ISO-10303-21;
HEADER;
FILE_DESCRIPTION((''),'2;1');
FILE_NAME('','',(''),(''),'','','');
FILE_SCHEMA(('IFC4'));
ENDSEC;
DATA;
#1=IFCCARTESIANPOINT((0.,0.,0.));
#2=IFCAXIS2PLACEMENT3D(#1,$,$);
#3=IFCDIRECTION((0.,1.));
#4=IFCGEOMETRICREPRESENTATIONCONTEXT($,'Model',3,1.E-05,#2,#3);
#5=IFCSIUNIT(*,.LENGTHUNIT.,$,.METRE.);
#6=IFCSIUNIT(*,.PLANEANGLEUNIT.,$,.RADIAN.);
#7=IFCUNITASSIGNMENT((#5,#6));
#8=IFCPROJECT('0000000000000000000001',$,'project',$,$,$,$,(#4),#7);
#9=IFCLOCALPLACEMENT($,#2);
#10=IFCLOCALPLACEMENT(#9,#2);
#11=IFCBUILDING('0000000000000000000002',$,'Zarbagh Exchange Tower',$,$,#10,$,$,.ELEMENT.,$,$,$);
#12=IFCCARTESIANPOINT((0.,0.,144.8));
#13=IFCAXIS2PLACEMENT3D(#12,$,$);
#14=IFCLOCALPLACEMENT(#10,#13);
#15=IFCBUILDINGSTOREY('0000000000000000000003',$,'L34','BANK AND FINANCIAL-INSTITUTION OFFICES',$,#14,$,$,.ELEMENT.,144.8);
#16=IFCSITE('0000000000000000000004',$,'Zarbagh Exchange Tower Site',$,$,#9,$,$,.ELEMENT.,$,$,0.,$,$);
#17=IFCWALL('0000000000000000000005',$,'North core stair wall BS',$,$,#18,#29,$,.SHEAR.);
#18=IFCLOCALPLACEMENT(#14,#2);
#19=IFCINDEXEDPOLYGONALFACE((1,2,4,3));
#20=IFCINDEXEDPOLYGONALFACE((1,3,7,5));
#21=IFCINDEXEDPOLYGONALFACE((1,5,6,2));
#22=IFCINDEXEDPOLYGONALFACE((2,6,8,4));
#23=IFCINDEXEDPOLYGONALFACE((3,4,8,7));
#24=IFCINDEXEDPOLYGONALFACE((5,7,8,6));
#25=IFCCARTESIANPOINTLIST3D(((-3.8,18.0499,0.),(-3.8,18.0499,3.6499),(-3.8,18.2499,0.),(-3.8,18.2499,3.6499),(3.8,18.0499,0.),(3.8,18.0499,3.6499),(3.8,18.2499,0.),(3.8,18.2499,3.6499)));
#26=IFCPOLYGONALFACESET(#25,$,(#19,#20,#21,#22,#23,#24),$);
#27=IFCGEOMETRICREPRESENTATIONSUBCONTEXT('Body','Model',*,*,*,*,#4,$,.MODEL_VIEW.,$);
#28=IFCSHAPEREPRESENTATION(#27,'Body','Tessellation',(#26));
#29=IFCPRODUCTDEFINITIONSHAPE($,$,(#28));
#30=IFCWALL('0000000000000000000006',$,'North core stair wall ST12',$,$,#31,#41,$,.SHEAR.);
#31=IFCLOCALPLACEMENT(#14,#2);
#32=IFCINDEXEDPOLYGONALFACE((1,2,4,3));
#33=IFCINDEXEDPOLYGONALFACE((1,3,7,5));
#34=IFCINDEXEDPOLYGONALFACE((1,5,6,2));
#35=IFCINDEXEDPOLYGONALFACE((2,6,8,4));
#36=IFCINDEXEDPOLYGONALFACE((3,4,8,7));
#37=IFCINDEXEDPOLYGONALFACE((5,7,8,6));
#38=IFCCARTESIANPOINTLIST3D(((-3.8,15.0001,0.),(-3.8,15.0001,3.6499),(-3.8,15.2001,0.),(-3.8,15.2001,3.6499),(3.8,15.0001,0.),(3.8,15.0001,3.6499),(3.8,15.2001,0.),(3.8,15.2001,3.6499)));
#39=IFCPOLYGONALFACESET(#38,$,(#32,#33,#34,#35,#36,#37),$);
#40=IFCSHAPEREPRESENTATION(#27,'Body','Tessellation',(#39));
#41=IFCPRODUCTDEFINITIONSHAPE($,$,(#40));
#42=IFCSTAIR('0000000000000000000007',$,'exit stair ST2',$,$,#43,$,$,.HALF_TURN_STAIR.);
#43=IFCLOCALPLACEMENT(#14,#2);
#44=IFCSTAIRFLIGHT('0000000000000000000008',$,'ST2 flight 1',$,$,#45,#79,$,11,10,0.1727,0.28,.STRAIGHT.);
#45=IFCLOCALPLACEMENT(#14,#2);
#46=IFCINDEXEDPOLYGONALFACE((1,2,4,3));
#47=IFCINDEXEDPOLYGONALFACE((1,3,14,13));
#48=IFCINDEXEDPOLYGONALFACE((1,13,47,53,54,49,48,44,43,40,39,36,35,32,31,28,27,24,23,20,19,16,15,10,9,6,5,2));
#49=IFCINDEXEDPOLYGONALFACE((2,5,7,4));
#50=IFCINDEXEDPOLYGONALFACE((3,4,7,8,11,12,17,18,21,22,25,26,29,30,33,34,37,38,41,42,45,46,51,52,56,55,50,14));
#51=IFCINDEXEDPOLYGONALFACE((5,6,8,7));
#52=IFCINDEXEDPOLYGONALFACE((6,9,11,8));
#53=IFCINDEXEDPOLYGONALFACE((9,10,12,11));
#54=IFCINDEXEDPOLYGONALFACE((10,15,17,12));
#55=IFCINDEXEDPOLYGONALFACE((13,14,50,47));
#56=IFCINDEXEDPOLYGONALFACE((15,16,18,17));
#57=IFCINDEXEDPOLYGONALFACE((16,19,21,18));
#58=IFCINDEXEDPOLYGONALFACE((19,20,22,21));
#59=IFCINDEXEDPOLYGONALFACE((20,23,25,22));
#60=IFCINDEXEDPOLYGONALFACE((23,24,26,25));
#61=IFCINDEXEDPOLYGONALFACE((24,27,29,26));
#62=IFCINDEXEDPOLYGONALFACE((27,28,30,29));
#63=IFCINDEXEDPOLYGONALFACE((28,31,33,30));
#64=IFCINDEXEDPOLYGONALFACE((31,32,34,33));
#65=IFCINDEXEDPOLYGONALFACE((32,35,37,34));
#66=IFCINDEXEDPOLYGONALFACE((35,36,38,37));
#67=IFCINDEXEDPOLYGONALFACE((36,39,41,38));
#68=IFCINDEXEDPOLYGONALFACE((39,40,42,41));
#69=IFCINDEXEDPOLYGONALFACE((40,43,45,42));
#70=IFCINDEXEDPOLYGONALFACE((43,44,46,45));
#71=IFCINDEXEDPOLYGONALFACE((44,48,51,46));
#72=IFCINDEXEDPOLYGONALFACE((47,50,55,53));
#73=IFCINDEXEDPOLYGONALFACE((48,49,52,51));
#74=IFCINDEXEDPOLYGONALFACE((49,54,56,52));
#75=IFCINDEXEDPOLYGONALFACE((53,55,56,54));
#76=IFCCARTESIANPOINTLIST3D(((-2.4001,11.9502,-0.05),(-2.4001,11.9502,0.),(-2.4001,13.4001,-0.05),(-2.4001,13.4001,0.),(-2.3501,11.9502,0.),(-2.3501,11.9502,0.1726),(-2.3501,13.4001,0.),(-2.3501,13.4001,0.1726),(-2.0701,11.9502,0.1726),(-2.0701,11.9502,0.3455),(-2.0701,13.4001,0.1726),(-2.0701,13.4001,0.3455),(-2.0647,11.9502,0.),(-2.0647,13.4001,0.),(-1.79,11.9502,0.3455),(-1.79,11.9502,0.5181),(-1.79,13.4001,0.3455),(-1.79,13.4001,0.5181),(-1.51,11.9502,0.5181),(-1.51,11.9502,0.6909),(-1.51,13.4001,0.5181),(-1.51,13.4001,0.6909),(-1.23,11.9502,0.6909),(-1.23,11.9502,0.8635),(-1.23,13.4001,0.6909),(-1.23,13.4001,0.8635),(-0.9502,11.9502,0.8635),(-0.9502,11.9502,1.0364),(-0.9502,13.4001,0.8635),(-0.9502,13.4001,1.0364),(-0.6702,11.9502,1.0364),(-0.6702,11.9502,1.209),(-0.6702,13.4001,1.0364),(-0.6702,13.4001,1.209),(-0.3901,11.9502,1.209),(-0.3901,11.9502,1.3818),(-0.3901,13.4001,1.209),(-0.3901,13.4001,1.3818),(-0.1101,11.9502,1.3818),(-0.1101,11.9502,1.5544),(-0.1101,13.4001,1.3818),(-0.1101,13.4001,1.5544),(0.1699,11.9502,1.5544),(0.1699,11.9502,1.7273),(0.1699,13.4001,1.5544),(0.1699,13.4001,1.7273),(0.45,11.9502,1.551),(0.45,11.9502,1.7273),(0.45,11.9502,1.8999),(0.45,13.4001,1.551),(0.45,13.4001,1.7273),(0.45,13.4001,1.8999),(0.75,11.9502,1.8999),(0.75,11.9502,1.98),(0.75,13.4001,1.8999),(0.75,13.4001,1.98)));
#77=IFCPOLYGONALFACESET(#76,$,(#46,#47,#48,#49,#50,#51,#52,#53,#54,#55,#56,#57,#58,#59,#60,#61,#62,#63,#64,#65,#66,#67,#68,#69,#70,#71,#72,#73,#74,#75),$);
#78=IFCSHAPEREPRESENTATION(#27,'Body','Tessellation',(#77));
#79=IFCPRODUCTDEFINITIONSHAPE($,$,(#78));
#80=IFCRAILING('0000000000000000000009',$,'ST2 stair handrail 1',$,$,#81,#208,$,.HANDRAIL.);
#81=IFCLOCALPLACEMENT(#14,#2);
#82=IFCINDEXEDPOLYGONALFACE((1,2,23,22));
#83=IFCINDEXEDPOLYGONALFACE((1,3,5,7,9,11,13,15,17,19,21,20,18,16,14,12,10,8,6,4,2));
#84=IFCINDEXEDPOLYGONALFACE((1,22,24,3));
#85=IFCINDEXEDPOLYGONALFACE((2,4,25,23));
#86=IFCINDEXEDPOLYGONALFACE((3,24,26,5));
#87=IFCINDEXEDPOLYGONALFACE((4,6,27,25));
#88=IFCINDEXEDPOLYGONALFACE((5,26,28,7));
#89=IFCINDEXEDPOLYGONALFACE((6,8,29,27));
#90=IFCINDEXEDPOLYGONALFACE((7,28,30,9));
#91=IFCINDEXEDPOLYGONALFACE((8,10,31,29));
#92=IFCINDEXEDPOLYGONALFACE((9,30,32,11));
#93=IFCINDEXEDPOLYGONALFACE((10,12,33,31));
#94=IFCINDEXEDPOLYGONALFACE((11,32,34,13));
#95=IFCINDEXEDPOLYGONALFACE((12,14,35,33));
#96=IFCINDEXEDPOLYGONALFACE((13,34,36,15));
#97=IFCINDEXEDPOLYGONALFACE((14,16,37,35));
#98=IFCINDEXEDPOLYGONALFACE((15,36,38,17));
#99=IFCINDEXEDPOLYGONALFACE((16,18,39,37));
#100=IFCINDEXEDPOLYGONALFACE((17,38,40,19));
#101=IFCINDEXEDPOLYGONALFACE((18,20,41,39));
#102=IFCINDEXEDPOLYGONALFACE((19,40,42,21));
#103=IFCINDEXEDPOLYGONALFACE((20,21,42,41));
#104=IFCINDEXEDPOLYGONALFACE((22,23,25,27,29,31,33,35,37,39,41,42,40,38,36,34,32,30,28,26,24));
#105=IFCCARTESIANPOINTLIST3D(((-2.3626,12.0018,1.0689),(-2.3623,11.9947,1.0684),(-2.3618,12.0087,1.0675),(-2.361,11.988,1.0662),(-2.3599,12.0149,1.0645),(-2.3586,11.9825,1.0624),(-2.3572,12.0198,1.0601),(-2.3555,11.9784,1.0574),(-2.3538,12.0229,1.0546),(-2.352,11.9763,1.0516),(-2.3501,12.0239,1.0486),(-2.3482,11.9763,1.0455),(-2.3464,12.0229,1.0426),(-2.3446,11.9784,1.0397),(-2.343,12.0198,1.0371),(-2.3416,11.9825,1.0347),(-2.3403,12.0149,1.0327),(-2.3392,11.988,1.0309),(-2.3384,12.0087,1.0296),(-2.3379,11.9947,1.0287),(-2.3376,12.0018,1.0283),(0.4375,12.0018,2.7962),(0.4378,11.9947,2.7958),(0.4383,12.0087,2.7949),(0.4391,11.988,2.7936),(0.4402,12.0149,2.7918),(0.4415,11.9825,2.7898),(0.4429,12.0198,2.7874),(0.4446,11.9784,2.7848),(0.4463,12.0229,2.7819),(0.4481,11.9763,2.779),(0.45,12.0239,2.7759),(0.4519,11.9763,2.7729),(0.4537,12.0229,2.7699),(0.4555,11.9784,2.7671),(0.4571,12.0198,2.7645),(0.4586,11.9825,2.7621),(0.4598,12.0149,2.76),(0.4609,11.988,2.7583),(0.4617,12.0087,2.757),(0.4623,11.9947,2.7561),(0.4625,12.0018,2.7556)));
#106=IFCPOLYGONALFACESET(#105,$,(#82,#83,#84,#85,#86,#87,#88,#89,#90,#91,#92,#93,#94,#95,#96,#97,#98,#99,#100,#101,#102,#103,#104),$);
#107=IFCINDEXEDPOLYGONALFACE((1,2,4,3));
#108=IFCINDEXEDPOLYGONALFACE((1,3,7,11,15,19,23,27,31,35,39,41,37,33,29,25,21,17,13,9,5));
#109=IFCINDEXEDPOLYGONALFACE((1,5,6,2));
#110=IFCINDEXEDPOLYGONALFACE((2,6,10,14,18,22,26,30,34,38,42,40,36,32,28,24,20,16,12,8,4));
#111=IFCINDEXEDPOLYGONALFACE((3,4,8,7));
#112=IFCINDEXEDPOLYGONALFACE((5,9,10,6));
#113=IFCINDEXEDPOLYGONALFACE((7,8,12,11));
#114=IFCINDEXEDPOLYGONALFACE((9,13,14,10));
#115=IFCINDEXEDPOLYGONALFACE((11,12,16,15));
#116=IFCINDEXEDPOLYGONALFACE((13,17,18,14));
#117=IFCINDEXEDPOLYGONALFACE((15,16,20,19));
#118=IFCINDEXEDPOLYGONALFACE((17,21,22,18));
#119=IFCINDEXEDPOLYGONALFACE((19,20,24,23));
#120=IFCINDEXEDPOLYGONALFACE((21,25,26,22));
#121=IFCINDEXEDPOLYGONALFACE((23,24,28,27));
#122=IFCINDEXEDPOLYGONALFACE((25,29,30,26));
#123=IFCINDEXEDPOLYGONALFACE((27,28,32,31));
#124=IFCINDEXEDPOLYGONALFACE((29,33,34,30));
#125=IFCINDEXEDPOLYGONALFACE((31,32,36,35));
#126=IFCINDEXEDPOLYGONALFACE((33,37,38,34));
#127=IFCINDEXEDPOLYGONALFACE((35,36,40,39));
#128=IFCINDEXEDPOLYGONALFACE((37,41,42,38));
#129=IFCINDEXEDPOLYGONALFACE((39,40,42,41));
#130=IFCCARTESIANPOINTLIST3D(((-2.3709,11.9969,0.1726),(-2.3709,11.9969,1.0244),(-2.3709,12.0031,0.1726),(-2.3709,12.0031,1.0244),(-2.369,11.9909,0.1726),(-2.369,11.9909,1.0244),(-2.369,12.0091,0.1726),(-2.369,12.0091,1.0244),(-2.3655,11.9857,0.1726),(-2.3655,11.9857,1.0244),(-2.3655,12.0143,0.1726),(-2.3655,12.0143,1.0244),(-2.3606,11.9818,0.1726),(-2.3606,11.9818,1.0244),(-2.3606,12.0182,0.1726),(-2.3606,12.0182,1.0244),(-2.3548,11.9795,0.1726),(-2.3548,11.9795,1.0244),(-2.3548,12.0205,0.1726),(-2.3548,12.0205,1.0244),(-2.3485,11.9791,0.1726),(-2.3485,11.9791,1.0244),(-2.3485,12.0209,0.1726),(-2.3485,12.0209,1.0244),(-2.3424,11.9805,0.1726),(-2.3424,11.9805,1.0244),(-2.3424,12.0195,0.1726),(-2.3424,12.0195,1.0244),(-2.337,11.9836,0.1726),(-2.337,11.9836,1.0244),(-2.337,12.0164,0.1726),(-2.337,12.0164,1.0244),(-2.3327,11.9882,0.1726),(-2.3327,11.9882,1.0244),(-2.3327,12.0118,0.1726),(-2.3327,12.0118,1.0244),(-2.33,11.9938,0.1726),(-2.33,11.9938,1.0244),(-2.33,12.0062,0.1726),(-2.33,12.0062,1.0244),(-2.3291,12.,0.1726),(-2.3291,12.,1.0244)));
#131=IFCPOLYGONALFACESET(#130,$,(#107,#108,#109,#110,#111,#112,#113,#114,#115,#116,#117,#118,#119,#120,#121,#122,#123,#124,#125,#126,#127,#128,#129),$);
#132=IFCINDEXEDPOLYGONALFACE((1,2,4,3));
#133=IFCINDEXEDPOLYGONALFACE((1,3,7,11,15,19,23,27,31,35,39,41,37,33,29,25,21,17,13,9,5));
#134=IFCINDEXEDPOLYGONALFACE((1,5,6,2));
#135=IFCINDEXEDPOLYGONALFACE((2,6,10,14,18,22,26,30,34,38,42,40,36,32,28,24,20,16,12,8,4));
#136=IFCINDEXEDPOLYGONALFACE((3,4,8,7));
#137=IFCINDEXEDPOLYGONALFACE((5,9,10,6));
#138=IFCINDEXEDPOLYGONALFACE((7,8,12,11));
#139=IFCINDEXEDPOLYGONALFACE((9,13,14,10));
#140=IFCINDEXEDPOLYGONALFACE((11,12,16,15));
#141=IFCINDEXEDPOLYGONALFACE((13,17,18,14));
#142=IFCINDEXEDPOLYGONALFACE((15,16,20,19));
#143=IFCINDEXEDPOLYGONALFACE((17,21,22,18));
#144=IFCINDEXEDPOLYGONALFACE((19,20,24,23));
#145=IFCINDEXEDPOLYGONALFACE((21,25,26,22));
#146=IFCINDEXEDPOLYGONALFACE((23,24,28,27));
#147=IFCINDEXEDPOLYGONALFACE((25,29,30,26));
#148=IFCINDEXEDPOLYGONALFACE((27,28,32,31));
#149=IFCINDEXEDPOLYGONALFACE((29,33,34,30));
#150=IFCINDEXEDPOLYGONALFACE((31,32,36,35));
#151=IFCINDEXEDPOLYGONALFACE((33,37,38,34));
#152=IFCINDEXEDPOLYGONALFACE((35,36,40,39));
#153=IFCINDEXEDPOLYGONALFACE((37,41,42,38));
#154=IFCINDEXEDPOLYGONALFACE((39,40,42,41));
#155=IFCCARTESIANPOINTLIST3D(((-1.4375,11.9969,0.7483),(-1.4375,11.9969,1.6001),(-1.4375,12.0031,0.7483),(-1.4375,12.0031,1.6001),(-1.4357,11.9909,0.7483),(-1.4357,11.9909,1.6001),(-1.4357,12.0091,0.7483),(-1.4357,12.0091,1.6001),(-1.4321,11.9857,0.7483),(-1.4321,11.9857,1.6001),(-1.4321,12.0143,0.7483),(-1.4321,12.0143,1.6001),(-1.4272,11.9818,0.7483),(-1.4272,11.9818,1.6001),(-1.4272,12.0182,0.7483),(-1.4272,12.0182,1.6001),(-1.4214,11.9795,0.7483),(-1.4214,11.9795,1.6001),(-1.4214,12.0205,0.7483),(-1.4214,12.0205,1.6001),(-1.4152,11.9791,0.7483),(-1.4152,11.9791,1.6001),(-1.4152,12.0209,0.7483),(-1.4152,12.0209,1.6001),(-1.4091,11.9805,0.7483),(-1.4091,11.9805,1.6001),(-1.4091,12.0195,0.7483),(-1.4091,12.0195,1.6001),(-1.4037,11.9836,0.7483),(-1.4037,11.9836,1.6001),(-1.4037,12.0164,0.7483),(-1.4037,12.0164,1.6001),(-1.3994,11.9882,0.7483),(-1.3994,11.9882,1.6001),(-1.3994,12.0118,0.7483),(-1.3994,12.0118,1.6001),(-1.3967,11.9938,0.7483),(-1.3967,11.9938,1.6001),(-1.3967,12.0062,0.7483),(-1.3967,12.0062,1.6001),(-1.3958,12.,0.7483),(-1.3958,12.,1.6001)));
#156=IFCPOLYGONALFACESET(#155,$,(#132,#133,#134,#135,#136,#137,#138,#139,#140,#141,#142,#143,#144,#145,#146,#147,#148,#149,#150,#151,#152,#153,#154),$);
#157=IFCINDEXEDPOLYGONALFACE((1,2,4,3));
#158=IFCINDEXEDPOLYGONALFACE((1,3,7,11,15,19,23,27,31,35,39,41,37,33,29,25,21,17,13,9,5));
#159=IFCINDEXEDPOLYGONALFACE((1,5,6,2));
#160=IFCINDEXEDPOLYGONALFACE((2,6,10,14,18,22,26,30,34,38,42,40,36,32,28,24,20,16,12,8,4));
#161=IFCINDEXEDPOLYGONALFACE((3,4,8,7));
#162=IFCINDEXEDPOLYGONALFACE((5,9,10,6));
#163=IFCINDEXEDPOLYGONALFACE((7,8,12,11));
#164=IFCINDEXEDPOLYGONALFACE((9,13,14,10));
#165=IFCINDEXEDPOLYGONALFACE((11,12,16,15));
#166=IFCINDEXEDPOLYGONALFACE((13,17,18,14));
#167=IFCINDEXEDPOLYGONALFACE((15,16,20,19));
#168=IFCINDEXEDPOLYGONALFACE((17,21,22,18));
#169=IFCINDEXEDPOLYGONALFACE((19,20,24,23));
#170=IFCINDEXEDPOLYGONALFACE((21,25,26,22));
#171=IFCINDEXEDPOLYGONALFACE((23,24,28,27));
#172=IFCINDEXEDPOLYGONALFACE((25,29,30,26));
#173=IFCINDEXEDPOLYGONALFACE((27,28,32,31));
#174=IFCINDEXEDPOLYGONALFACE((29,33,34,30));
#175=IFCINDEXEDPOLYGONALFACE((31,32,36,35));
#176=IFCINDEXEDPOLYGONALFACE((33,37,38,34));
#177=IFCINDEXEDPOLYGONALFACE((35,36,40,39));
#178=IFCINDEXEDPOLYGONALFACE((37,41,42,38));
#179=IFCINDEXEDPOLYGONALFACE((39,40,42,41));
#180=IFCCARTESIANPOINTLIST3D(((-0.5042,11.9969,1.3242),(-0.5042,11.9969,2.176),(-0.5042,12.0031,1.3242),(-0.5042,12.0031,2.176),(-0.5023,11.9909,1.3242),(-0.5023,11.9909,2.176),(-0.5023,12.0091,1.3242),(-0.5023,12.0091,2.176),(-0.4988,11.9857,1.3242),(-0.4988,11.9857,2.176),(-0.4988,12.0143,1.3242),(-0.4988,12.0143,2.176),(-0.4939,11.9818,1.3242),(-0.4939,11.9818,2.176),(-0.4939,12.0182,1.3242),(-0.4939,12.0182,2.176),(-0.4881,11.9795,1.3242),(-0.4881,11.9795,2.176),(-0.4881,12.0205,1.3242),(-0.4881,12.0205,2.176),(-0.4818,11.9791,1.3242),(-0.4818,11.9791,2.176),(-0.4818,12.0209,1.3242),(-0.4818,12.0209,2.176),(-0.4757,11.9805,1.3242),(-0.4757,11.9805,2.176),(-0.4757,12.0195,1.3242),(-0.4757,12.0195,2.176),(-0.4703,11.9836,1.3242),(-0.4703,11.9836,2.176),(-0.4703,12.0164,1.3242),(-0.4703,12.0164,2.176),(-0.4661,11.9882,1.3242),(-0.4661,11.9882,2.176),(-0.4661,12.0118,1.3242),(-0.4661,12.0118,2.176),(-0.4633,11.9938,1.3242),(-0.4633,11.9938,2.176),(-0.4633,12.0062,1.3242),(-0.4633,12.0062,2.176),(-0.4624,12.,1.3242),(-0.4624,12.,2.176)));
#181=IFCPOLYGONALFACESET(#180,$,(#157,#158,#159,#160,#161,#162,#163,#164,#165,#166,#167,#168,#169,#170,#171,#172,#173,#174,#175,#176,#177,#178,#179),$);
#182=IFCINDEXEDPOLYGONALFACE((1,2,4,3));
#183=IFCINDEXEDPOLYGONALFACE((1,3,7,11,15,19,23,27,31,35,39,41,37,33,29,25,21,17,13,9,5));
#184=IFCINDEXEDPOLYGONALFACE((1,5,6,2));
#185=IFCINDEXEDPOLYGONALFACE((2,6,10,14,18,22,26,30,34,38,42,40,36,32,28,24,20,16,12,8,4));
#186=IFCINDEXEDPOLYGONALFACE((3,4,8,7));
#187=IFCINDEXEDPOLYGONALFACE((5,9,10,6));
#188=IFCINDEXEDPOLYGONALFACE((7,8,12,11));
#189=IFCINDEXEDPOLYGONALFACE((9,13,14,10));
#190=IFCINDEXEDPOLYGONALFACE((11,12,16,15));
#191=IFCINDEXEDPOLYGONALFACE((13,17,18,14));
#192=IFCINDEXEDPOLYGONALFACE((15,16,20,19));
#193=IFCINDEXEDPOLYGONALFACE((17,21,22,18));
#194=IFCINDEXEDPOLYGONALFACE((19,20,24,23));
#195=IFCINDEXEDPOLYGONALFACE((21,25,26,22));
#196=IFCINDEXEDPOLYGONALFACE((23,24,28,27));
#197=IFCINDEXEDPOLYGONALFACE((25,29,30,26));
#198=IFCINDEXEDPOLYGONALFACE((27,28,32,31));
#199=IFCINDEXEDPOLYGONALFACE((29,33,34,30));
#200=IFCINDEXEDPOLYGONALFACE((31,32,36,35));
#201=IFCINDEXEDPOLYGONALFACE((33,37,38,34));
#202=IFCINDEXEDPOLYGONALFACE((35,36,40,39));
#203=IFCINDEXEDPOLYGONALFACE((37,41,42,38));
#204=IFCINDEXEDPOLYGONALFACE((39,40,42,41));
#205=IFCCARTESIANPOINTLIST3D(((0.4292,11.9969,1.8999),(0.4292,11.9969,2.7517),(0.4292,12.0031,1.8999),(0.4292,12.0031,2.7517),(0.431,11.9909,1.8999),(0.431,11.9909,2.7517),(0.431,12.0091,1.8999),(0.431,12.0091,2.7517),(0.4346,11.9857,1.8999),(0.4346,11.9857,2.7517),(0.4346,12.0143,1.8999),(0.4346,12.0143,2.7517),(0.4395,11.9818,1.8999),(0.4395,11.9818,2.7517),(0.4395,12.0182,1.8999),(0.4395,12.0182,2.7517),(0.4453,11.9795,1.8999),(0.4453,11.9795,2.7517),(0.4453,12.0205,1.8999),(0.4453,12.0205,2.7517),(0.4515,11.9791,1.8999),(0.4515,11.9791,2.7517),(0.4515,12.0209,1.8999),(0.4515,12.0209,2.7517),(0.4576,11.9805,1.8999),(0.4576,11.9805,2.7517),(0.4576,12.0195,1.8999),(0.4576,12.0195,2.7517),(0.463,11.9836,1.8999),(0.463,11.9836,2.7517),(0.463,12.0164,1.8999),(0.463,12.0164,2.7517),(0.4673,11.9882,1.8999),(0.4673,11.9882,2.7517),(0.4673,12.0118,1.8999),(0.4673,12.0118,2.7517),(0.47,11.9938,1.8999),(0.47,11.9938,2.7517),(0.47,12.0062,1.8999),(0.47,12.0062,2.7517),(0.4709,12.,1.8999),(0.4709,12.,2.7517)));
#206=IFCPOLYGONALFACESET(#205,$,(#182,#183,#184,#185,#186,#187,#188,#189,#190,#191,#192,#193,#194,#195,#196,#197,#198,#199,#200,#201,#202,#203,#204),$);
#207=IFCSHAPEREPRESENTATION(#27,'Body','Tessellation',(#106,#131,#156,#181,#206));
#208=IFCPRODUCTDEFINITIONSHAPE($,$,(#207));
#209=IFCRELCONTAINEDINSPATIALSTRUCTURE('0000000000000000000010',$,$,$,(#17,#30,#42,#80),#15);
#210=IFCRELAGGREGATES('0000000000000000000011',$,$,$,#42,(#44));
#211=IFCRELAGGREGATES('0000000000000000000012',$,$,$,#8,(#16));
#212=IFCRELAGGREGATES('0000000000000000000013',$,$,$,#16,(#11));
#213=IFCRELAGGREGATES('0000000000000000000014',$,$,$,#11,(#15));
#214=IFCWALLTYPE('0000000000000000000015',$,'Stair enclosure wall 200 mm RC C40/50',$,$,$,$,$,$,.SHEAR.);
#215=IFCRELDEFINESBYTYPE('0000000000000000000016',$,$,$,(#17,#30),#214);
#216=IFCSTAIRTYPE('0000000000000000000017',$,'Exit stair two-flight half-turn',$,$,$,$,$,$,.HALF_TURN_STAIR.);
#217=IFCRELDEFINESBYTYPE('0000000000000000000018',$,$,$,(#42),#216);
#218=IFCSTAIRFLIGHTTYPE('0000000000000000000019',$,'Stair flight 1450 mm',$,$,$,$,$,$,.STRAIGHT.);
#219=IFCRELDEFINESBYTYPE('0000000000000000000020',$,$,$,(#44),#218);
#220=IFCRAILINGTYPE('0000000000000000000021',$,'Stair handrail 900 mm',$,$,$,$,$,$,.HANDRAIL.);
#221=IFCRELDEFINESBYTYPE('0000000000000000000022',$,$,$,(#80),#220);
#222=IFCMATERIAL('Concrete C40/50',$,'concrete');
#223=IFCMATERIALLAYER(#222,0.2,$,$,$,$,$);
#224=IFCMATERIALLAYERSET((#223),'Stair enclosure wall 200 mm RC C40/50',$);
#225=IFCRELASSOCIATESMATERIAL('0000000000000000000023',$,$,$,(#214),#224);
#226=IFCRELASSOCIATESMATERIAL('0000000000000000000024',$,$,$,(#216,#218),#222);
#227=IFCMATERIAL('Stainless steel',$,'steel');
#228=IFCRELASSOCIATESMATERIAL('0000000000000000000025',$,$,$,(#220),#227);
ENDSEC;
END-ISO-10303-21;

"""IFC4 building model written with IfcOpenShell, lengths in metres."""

from ifc_helpers import new_model, si_unit, direction, frame, frame_2d, origin, origin_2d, place, context, subcontext, project, spatial, polyline, rectangle, circle, outline, extrude, material, layer, layer_set, type_object, element, aggregate, save


model = new_model("IFC4")

# Units and contexts
model_context = context("Model", 3, precision=1e-05, world=origin(), true_north=direction((0.0, 1.0)))
body_context = subcontext(model_context, "Body", "Model", "MODEL_VIEW")
ifc_project = project(units=[si_unit("LENGTHUNIT", "METRE"), si_unit("PLANEANGLEUNIT", "RADIAN")], contexts=[model_context])

# Site, building, storey
site_placement = place(None, origin())
site = spatial("IfcSite", under=ifc_project, at=site_placement, Name="Zarbagh Exchange Tower Site", CompositionType="ELEMENT", RefElevation=0.0)
building_placement = place(site_placement, origin())
building = spatial("IfcBuilding", under=site, at=building_placement, Name="Zarbagh Exchange Tower", CompositionType="ELEMENT")
storey_placement = place(building_placement, frame((0.0, 0.0, 144.8)))
storey = spatial("IfcBuildingStorey", under=building, at=storey_placement, Name="L34", Description="BANK AND FINANCIAL-INSTITUTION OFFICES", CompositionType="ELEMENT", Elevation=144.8)

# Walls
ifc_material_1 = material(Name="Concrete C40/50", Category="concrete")
ifc_layer_1 = layer(ifc_material_1, 0.2)
ifc_layer_set_1 = layer_set([ifc_layer_1], Name="Stair enclosure wall 200 mm RC C40/50")
wall_type_1 = type_object("IfcWallType", Name="Stair enclosure wall 200 mm RC C40/50", PredefinedType="SHEAR", material=ifc_layer_set_1)
for number, where, z_axis, x_axis, name in (
    (1, (-3.8, 18.1499, 0.0), (0.0, 0.0, 1.0), (1.0, 0.0, 0.0), "North core stair wall BS"),
    (2, (-3.8, 15.1001, 0.0), (0.0, 0.0, 1.0), (1.0, 0.0, 0.0), "North core stair wall ST12"),
):
    element("IfcWall", number, at=place(storey_placement, frame(where, z_axis=z_axis, x_axis=x_axis)), inside=storey, type_object=wall_type_1, Name=name, PredefinedType="SHEAR", context=body_context, shape_type="SweptSolid", body=[
        extrude(rectangle(XDim=7.6001, YDim=0.2, at=frame_2d((3.8, 0.0))), origin(), (0.0, 0.0, 1.0), 3.6499),
    ])

# Stair, stair flight
stair_type = type_object("IfcStairType", Name="Exit stair two-flight half-turn", PredefinedType="HALF_TURN_STAIR", material=ifc_material_1)
stair_placement = place(storey_placement, origin())
stair = element("IfcStair", 3, at=stair_placement, inside=storey, type_object=stair_type, Name="exit stair ST2", PredefinedType="HALF_TURN_STAIR")
stair_flight_type = type_object("IfcStairFlightType", Name="Stair flight 1450 mm", PredefinedType="STRAIGHT", material=ifc_material_1)
stair_flight_placement = place(storey_placement, frame((-2.3501, 12.675, 0.0), z_axis=(0.0, 0.0, 1.0), x_axis=(1.0, 0.0, 0.0)))
stair_flight = element("IfcStairFlight", 4, at=stair_flight_placement, type_object=stair_flight_type, Name="ST2 flight 1", NumberOfRisers=11, NumberOfTreads=10, PredefinedType="STRAIGHT", RiserHeight=0.1727, TreadLength=0.28, context=body_context, shape_type="SweptSolid", body=[
    extrude(outline(polyline([(-0.05, -0.05), (-0.05, 0.0), (0.0, 0.0), (0.0, 0.1726), (0.28, 0.1726), (0.28, 0.3455), (0.5601, 0.3455), (0.5601, 0.5181), (0.8401, 0.5181), (0.8401, 0.6909), (1.1201, 0.6909), (1.1201, 0.8635), (1.3999, 0.8635), (1.3999, 1.0364), (1.6799, 1.0364), (1.6799, 1.209), (1.96, 1.209), (1.96, 1.3818), (2.24, 1.3818), (2.24, 1.5544), (2.52, 1.5544), (2.52, 1.7273), (2.8, 1.7273), (2.8, 1.8999), (3.1001, 1.98), (3.1001, 1.8999), (2.8, 1.551), (0.2854, 0.0), (-0.05, -0.05)])), frame((0.0, 0.7251, 0.0), z_axis=(0.0, -1.0, 0.0), x_axis=(1.0, 0.0, 0.0)), (0.0, 0.0, 1.0), 1.45),
])
aggregate(stair, [stair_flight])

# Railing
ifc_material_2 = material(Name="Stainless steel", Category="steel")
railing_type = type_object("IfcRailingType", Name="Stair handrail 900 mm", PredefinedType="HANDRAIL", material=ifc_material_2)
railing_placement = place(storey_placement, frame((-2.3501, 12.0, 0.1726)))
element("IfcRailing", 5, at=railing_placement, inside=storey, type_object=railing_type, Name="ST2 stair handrail 1", PredefinedType="HANDRAIL", context=body_context, shape_type="SweptSolid", body=[
    extrude(circle(Radius=0.0239, at=origin_2d()), frame((0.0, 0.0, 0.876), z_axis=(0.85109, 0.0, 0.52502), x_axis=(0.0, 1.0, 0.0)), (0.0, 0.0, 1.0), 3.29),
    extrude(circle(Radius=0.021, at=origin_2d()), origin(), (0.0, 0.0, 1.0), 0.8518),
    extrude(circle(Radius=0.021, at=origin_2d()), frame((0.9333, 0.0, 0.5757)), (0.0, 0.0, 1.0), 0.8518),
    extrude(circle(Radius=0.021, at=origin_2d()), frame((1.8667, 0.0, 1.1516)), (0.0, 0.0, 1.0), 0.8518),
    extrude(circle(Radius=0.021, at=origin_2d()), frame((2.8, 0.0, 1.7273)), (0.0, 0.0, 1.0), 0.8518),
])

save(model, "model.ifc")
